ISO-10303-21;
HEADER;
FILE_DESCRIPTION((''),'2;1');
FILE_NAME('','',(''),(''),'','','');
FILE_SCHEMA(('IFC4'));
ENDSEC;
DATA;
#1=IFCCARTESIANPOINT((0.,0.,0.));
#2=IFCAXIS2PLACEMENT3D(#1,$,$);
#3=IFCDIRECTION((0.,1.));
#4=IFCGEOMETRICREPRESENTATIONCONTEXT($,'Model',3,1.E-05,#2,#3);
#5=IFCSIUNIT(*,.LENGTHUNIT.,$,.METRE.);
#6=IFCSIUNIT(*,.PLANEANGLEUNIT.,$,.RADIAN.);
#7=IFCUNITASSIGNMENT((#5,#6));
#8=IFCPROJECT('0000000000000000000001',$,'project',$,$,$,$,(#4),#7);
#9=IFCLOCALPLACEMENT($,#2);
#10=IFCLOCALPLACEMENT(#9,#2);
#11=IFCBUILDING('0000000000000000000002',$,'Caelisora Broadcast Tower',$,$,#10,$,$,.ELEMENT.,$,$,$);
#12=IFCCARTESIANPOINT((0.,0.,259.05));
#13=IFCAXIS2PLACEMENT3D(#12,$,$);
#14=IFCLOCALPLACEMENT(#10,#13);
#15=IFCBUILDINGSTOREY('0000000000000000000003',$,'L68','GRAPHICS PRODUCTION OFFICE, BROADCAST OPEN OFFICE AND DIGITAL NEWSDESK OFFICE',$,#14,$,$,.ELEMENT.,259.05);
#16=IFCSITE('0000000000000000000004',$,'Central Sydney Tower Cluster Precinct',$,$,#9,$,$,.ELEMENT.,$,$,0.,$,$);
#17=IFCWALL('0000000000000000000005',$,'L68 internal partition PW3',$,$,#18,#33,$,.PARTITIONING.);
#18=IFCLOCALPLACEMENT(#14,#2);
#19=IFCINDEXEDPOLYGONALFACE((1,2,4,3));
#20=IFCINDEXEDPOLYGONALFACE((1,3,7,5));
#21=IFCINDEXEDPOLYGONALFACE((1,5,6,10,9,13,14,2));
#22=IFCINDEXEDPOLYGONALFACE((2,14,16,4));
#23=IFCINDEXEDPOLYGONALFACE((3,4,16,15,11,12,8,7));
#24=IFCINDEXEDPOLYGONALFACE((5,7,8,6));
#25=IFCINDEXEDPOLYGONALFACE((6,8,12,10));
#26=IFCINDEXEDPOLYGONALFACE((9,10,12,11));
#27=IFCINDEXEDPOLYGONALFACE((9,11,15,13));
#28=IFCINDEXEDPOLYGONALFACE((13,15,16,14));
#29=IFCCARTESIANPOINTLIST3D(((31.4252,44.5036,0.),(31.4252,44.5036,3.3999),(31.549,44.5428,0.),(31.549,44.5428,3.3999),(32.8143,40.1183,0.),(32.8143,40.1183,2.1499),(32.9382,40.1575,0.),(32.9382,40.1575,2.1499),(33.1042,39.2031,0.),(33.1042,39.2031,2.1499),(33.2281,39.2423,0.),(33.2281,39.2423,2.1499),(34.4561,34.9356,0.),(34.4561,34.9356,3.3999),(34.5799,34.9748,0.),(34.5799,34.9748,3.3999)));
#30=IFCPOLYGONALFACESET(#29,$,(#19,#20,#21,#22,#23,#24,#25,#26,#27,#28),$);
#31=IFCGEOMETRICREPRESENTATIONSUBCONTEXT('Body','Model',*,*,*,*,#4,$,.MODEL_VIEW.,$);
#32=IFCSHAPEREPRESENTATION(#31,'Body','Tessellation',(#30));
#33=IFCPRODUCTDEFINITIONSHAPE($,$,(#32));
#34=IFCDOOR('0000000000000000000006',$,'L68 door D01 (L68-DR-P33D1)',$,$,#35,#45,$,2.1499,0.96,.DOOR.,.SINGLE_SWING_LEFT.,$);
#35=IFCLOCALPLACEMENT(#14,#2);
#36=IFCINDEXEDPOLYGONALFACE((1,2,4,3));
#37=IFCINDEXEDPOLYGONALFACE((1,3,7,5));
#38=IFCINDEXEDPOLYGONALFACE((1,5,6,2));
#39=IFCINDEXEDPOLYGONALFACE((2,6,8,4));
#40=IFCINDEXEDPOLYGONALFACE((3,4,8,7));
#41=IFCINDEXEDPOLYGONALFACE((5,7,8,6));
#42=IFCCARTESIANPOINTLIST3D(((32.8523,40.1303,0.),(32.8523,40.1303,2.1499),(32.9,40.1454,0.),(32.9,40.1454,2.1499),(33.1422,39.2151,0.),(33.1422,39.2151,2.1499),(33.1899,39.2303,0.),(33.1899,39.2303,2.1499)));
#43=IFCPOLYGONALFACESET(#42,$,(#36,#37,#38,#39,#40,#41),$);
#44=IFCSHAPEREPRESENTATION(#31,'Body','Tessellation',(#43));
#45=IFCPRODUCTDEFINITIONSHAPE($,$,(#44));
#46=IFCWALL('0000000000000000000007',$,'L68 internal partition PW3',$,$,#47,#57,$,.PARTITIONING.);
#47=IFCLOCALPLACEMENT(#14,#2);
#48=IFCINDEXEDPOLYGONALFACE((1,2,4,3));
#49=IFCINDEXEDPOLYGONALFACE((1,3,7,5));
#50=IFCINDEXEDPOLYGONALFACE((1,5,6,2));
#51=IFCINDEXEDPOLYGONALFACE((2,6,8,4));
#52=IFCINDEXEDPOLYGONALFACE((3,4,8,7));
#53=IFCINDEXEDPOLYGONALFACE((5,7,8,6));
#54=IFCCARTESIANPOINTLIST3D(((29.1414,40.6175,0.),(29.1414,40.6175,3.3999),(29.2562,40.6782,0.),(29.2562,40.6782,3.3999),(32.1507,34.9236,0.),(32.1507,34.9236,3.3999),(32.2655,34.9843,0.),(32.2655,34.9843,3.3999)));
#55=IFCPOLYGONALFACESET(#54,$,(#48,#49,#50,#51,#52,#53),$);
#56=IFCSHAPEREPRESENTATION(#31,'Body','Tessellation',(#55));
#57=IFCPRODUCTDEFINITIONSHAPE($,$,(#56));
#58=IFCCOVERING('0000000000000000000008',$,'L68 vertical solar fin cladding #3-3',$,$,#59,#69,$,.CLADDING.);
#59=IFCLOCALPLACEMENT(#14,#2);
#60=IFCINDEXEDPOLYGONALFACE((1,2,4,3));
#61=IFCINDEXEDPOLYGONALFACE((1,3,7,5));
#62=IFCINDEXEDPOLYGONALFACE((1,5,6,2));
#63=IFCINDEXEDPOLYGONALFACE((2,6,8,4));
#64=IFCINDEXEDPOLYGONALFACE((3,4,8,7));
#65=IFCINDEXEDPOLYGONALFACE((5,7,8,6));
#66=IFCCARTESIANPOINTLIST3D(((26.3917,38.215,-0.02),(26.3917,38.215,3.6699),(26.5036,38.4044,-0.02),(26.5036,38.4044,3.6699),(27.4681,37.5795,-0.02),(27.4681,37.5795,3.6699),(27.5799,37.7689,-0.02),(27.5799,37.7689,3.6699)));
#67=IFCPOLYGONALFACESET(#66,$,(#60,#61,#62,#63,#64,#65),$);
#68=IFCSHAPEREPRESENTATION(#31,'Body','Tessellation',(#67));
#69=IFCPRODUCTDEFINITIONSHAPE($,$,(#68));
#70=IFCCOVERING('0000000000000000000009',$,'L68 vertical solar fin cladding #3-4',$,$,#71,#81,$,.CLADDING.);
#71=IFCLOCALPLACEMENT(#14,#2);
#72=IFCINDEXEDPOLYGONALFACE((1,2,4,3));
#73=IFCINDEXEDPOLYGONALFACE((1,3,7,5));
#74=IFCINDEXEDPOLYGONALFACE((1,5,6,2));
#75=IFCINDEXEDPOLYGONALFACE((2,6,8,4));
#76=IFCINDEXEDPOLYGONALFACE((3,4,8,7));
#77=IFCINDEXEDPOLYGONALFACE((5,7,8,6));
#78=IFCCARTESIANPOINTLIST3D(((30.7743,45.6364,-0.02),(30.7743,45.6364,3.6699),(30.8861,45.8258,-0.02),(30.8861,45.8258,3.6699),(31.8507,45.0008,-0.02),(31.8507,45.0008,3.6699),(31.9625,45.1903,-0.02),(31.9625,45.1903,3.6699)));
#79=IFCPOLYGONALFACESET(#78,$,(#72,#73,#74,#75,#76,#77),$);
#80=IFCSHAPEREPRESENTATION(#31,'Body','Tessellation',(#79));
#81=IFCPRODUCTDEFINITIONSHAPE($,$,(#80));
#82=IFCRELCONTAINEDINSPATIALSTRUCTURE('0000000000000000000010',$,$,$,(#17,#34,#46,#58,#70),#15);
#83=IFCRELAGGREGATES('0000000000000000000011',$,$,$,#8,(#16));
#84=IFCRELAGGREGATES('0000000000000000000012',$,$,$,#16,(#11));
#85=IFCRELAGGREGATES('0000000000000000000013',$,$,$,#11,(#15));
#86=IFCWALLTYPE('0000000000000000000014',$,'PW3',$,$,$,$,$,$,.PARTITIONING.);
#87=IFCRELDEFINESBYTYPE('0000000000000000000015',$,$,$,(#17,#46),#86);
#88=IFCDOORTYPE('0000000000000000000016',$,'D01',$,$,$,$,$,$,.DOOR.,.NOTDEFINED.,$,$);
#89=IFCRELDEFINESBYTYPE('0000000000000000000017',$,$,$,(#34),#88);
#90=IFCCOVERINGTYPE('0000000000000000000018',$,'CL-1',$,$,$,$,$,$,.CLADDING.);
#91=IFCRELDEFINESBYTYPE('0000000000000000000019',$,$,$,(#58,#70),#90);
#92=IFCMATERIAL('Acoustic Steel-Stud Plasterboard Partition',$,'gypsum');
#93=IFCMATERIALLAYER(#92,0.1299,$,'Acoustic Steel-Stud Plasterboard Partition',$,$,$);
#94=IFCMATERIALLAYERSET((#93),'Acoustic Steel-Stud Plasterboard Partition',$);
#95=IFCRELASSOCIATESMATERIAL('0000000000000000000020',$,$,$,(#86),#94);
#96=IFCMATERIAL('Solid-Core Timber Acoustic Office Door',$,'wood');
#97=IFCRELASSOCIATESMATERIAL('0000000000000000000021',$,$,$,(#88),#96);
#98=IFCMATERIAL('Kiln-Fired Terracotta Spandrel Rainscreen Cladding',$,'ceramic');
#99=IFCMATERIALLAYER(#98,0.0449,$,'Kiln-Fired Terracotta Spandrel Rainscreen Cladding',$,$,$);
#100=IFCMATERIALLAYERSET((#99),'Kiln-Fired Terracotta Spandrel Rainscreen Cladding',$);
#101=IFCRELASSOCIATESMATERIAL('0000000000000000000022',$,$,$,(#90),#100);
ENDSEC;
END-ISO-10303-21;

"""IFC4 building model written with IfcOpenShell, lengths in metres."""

from ifc_helpers import new_model, si_unit, direction, frame, frame_2d, origin, origin_2d, place, context, subcontext, project, spatial, rectangle, extrude, source, transform, mapped, material, layer, layer_set, type_object, type_shapes, element, fill, save


model = new_model("IFC4")

# Units and contexts
model_context = context("Model", 3, precision=1e-05, world=origin(), true_north=direction((0.0, 1.0)))
body_context = subcontext(model_context, "Body", "Model", "MODEL_VIEW")
ifc_project = project(units=[si_unit("LENGTHUNIT", "METRE"), si_unit("PLANEANGLEUNIT", "RADIAN")], contexts=[model_context])

# Site, building, storey
site_placement = place(None, origin())
site = spatial("IfcSite", under=ifc_project, at=site_placement, Name="Central Sydney Tower Cluster Precinct", CompositionType="ELEMENT", RefElevation=0.0)
building_placement = place(site_placement, origin())
building = spatial("IfcBuilding", under=site, at=building_placement, Name="Caelisora Broadcast Tower", CompositionType="ELEMENT")
storey_placement = place(building_placement, frame((0.0, 0.0, 259.05)))
storey = spatial("IfcBuildingStorey", under=building, at=storey_placement, Name="L68", Description="GRAPHICS PRODUCTION OFFICE, BROADCAST OPEN OFFICE AND DIGITAL NEWSDESK OFFICE", CompositionType="ELEMENT", Elevation=259.05)

# Wall, opening, door
ifc_material_1 = material(Name="Acoustic Steel-Stud Plasterboard Partition", Category="gypsum")
ifc_layer_1 = layer(ifc_material_1, 0.1299, Name="Acoustic Steel-Stud Plasterboard Partition")
ifc_layer_set_1 = layer_set([ifc_layer_1], Name="Acoustic Steel-Stud Plasterboard Partition")
wall_type = type_object("IfcWallType", Name="PW3", PredefinedType="PARTITIONING", material=ifc_layer_set_1)
wall_1_placement = place(storey_placement, frame((31.4871, 44.5232, 0.0), z_axis=(0.0, 0.0, 1.0), x_axis=(0.301992, -0.953311, 0.0)))
wall_1 = element("IfcWall", 1, at=wall_1_placement, inside=storey, type_object=wall_type, Name="L68 internal partition PW3", PredefinedType="PARTITIONING", context=body_context, shape_type="SweptSolid", body=[
    extrude(rectangle(XDim=10.0366, YDim=0.1299, at=frame_2d((5.0183, 0.0))), origin(), (0.0, 0.0, 1.0), 3.3999),
])
opening_placement = place(wall_1_placement, frame((4.6001, 0.0, 0.0)))
opening = element("IfcOpeningElement", 2, at=opening_placement, cuts=wall_1, PredefinedType="OPENING", context=body_context, shape_type="SweptSolid", body=[
    extrude(rectangle(XDim=0.96, YDim=2.1499, at=frame_2d((0.48, 1.075))), frame((0.0, 0.0769, 0.0), z_axis=(0.0, -1.0, 0.0), x_axis=(1.0, 0.0, 0.0)), (0.0, 0.0, 1.0), 0.1538),
])
ifc_material_2 = material(Name="Solid-Core Timber Acoustic Office Door", Category="wood")
door_type = type_object("IfcDoorType", Name="D01", OperationType="NOTDEFINED", PredefinedType="DOOR", material=ifc_material_2)
door_placement = place(opening_placement, origin())
door = element("IfcDoor", 3, at=door_placement, inside=storey, type_object=door_type, Name="L68 door D01 (L68-DR-P33D1)", OperationType="SINGLE_SWING_LEFT", OverallHeight=2.1499, OverallWidth=0.96, PredefinedType="DOOR", context=body_context, shape_type="SweptSolid", body=[
    extrude(rectangle(XDim=0.96, YDim=2.1499, at=frame_2d((0.48, 1.075))), frame((0.0, 0.0249, 0.0), z_axis=(0.0, -1.0, 0.0), x_axis=(1.0, 0.0, 0.0)), (0.0, 0.0, 1.0), 0.05),
])
fill(opening, door)

# Wall
wall_2_placement = place(storey_placement, frame((29.1987, 40.6479, 0.0), z_axis=(0.0, 0.0, 1.0), x_axis=(0.467268, -0.884116, 0.0)))
element("IfcWall", 4, at=wall_2_placement, inside=storey, type_object=wall_type, Name="L68 internal partition PW3", PredefinedType="PARTITIONING", context=body_context, shape_type="SweptSolid", body=[
    extrude(rectangle(XDim=6.4402, YDim=0.1299, at=frame_2d((3.2202, 0.0))), origin(), (0.0, 0.0, 1.0), 3.3999),
])

# Coverings
ifc_material_3 = material(Name="Kiln-Fired Terracotta Spandrel Rainscreen Cladding", Category="ceramic")
ifc_layer_2 = layer(ifc_material_3, 0.0449, Name="Kiln-Fired Terracotta Spandrel Rainscreen Cladding")
ifc_layer_set_2 = layer_set([ifc_layer_2], Name="Kiln-Fired Terracotta Spandrel Rainscreen Cladding")
covering_type = type_object("IfcCoveringType", Name="CL-1", PredefinedType="CLADDING", material=ifc_layer_set_2)
shared_shape_1 = source(origin(), body_context, "Body", "SweptSolid", [
    extrude(rectangle(XDim=0.22, YDim=1.25, at=origin_2d()), origin(), (0.0, 0.0, 1.0), 3.6899),
])
type_shapes(covering_type, [shared_shape_1])
for number, where, z_axis, x_axis, name in (
    (5, (26.9858, 37.9919, -0.02), (0.0, 0.0, 1.0), (0.50844, 0.861097, 0.0), "L68 vertical solar fin cladding #3-3"),
    (6, (31.3684, 45.4133, -0.02), (0.0, 0.0, 1.0), (0.50844, 0.861097, 0.0), "L68 vertical solar fin cladding #3-4"),
):
    element("IfcCovering", number, at=place(storey_placement, frame(where, z_axis=z_axis, x_axis=x_axis)), inside=storey, type_object=covering_type, Name=name, PredefinedType="CLADDING", context=body_context, shape_type="MappedRepresentation", body=[
        mapped(shared_shape_1, transform((0.0, 0.0, 0.0), scale=1.0)),
    ])

save(model, "model.ifc")
